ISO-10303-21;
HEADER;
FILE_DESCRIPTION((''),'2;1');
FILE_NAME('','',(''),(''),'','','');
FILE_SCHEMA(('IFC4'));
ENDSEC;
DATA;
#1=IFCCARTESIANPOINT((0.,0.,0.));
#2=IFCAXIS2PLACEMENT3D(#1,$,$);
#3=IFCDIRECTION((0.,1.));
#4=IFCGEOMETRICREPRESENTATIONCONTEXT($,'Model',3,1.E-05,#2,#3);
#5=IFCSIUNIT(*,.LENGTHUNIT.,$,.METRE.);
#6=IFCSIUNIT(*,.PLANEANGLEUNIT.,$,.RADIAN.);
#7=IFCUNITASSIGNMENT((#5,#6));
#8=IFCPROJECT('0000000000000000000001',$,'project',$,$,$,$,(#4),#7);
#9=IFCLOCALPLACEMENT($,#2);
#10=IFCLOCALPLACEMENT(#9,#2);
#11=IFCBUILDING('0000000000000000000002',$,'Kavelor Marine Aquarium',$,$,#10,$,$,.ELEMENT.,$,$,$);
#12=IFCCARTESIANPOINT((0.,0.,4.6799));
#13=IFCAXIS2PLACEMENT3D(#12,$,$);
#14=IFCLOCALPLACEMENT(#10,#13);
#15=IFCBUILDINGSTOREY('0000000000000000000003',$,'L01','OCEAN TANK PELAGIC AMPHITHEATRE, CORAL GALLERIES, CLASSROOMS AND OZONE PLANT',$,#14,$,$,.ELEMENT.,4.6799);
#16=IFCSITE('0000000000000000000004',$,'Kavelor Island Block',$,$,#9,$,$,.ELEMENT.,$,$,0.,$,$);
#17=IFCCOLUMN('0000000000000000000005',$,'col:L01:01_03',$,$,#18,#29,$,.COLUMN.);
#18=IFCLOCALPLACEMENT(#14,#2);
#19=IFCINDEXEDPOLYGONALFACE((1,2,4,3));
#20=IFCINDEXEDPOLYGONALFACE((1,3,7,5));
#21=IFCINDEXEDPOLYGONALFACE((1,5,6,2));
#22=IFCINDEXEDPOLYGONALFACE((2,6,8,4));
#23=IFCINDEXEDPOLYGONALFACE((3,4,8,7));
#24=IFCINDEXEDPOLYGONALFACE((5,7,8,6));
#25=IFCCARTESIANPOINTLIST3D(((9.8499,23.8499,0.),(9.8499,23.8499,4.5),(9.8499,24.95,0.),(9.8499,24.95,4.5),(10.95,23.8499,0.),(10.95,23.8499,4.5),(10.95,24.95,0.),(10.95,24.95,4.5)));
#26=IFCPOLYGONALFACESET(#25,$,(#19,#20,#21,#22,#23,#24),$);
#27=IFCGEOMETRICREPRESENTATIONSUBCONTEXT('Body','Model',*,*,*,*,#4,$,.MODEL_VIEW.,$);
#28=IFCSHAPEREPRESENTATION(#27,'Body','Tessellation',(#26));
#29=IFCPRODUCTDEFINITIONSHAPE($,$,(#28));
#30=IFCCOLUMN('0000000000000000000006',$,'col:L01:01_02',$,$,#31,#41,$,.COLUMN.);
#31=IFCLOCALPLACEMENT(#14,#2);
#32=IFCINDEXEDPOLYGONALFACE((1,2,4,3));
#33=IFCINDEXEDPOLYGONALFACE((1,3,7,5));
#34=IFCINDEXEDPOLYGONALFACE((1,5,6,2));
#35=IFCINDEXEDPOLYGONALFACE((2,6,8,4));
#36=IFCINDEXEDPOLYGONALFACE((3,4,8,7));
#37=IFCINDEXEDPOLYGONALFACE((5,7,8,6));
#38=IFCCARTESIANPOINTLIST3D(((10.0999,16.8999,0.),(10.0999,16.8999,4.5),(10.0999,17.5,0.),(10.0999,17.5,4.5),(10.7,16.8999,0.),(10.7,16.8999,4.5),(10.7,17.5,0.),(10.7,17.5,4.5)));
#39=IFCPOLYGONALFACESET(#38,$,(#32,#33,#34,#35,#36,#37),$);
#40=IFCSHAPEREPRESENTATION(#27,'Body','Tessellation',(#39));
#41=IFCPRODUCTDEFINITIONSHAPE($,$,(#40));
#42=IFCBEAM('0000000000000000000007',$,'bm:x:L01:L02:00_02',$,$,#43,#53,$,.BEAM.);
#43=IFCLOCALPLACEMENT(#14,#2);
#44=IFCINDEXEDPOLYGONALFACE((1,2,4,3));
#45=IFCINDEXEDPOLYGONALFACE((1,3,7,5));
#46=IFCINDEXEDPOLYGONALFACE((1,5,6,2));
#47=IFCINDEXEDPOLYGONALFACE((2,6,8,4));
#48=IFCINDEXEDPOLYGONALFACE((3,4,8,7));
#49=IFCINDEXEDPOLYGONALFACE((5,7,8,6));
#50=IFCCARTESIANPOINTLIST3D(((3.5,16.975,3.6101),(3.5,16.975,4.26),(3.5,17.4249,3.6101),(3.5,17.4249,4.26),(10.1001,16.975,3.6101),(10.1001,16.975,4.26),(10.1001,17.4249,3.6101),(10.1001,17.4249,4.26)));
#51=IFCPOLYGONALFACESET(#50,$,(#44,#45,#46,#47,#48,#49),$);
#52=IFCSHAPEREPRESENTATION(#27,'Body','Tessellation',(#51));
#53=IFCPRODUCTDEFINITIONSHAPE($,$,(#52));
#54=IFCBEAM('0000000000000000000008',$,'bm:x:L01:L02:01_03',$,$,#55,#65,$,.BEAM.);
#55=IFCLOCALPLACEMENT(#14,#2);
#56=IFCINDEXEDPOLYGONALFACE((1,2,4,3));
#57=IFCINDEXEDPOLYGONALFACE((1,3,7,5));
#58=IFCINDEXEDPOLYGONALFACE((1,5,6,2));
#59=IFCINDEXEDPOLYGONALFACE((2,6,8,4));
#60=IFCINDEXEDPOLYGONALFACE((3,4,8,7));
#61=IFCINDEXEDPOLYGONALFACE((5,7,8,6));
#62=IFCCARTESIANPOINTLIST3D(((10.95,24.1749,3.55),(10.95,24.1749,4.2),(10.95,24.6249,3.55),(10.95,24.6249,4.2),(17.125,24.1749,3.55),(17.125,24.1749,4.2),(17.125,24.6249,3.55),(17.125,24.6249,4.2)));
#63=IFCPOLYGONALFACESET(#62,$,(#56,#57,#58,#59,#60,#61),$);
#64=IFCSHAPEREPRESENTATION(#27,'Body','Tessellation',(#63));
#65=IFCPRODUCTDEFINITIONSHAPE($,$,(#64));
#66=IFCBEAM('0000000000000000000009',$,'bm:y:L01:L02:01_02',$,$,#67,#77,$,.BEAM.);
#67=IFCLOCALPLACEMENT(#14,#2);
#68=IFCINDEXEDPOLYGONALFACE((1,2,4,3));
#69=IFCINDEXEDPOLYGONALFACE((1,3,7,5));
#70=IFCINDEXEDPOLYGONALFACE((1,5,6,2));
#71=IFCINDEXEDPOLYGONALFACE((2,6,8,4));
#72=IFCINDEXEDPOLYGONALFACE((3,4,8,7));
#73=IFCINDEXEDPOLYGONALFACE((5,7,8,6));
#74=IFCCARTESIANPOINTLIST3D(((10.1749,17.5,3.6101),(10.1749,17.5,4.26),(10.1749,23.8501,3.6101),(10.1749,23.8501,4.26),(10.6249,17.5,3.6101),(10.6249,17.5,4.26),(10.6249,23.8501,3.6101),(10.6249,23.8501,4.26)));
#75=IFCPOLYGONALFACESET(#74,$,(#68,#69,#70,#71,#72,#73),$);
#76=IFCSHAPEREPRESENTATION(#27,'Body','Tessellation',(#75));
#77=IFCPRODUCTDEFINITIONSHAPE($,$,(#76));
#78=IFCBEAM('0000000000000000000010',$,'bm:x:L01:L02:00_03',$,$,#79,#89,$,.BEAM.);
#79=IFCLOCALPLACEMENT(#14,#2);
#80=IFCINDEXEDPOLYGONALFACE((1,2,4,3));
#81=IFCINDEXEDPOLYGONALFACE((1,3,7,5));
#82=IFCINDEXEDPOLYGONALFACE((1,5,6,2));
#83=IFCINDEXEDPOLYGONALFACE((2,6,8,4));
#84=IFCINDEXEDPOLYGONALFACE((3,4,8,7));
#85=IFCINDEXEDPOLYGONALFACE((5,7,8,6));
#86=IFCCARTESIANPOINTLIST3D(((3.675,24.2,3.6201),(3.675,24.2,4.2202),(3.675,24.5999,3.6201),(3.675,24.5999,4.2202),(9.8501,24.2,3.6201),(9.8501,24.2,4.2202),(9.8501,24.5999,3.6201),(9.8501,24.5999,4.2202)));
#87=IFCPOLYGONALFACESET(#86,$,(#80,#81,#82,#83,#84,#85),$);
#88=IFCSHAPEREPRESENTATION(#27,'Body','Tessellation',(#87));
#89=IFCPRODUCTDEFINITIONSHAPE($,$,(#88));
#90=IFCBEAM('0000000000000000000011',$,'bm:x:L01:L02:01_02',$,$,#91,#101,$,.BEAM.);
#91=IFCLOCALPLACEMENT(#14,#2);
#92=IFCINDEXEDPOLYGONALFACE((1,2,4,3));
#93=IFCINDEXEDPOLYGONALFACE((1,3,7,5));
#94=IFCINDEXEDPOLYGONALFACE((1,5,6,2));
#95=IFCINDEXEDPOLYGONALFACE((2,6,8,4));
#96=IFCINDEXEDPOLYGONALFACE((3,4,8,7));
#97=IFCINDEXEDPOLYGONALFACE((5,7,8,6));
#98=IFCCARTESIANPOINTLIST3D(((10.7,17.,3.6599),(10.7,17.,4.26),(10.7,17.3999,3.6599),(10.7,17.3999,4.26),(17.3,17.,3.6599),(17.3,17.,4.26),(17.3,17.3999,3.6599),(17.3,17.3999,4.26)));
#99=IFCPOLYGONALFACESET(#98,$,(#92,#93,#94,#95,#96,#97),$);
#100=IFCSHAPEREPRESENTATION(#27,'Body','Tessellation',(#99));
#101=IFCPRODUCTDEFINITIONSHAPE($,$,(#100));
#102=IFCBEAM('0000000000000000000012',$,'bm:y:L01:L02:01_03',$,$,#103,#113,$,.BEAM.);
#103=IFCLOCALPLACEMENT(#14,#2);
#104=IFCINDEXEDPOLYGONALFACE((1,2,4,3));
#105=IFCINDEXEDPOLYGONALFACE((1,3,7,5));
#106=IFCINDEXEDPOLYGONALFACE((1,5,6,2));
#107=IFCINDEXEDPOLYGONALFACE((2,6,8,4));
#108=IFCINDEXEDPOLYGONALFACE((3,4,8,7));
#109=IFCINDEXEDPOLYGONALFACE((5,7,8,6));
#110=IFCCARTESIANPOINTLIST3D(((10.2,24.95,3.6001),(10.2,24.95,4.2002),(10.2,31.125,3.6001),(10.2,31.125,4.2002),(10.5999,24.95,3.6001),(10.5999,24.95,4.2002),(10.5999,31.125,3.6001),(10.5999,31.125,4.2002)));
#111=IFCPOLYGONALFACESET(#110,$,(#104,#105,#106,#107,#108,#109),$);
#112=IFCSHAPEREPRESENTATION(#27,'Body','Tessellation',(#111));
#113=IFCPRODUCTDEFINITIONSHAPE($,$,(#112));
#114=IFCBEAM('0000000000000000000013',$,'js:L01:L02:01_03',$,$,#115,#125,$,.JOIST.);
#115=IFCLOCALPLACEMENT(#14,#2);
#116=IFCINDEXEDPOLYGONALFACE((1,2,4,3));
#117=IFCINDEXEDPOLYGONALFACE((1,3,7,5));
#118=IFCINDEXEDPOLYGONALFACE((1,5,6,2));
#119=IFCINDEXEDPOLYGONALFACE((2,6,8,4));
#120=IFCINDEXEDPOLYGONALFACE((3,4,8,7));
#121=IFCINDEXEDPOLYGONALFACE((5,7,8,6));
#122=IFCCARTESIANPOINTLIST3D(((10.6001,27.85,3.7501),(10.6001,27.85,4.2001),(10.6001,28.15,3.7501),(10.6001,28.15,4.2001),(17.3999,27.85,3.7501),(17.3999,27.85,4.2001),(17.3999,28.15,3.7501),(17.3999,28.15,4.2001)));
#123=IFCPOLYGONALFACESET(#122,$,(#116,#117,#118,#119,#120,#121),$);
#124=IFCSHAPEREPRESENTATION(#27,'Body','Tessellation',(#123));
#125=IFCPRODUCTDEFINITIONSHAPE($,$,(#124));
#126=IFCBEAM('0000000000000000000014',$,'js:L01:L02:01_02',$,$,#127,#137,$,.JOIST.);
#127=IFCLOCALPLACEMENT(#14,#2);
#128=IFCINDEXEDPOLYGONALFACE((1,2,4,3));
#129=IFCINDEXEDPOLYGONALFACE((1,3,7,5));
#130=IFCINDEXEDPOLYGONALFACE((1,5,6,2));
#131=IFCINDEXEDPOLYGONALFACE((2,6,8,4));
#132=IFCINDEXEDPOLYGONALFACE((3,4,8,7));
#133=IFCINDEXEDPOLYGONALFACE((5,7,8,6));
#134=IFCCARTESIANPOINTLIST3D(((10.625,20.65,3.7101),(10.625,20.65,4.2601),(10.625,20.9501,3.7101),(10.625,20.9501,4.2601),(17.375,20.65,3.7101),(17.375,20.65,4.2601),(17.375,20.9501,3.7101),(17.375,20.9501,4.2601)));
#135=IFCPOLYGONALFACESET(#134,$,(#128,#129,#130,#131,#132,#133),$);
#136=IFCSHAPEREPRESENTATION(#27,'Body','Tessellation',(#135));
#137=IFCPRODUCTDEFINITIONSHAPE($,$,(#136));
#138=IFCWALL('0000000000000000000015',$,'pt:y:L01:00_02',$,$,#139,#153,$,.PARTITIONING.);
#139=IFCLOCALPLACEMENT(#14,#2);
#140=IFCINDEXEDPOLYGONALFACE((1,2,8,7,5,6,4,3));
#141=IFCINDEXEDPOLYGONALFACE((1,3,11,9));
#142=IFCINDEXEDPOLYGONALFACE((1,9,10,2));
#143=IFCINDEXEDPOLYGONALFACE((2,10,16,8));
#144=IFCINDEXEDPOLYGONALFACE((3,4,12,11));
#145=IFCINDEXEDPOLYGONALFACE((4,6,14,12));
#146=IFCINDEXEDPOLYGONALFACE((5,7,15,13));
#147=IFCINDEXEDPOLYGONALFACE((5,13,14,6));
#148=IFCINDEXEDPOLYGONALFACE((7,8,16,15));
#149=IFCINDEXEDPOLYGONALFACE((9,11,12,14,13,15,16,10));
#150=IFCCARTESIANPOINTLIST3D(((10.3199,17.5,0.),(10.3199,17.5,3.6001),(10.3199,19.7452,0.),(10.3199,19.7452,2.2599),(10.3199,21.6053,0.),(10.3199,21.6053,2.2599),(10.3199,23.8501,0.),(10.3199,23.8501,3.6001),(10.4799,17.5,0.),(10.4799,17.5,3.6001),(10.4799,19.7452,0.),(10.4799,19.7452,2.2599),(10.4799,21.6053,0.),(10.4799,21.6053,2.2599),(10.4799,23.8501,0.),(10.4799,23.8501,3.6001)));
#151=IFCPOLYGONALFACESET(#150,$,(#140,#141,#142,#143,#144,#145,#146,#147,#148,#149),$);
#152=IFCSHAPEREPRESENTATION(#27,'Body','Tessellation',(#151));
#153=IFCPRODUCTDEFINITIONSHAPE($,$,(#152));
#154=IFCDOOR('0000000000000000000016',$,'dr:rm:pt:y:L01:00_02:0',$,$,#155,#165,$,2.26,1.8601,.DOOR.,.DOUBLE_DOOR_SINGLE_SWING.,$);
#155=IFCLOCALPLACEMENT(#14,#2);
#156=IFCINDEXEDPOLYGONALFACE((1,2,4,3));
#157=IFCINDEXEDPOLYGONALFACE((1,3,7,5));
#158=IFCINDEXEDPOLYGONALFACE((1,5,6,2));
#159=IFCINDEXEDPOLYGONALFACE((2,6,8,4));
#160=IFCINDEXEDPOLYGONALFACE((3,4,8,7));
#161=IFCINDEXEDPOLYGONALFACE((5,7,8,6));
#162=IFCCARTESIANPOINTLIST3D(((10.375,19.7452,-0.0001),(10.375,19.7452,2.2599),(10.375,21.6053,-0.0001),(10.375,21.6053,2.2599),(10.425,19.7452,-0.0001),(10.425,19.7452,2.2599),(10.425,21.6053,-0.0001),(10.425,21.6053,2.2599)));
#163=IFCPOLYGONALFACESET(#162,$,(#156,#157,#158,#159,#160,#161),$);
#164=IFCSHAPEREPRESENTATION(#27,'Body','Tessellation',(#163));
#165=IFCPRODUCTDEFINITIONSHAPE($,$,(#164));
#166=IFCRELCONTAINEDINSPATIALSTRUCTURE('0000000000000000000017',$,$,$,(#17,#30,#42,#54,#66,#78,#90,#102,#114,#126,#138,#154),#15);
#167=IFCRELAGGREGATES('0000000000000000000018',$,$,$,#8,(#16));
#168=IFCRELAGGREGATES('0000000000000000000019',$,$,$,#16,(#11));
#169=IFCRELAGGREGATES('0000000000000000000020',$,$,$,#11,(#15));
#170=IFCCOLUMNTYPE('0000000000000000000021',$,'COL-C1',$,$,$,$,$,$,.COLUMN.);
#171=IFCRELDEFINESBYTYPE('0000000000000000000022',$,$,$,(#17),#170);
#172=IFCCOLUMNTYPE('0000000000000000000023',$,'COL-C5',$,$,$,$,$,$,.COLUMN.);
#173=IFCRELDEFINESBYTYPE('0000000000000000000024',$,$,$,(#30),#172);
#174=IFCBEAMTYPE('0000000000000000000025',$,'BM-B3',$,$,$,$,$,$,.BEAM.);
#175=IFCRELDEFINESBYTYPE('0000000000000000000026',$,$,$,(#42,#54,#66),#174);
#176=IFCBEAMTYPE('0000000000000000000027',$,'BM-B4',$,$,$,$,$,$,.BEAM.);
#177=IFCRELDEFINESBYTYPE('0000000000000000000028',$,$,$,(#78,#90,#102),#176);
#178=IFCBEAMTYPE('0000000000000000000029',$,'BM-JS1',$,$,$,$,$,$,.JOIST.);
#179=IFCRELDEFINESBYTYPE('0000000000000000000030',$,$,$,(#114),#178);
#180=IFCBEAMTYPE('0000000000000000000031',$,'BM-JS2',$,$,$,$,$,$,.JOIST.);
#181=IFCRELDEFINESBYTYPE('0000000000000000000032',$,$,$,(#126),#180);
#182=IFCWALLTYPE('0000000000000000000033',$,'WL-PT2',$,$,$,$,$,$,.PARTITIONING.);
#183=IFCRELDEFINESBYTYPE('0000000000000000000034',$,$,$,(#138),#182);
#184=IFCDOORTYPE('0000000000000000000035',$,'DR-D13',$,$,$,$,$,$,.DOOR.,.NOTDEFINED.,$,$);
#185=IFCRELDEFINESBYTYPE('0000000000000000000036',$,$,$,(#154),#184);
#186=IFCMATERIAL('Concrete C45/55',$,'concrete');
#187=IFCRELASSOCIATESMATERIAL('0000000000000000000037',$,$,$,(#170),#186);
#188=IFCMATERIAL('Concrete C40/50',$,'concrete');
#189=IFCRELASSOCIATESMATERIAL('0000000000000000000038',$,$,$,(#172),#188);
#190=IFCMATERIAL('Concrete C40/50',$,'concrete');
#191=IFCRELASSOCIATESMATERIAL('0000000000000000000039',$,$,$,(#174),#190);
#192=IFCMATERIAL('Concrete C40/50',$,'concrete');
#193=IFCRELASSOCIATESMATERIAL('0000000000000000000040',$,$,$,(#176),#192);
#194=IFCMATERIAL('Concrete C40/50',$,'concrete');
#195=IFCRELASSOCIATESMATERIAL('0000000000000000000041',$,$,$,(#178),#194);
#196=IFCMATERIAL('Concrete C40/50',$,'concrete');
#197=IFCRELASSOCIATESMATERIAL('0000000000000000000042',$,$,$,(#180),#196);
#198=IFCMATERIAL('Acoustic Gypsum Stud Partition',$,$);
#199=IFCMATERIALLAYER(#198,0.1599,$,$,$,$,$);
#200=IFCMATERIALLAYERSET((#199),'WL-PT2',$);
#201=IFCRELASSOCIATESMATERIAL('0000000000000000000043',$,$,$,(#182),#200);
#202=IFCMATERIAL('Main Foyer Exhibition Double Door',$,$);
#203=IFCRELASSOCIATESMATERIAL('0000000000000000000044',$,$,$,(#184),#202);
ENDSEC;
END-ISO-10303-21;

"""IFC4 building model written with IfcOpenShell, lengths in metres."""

from ifc_helpers import new_model, si_unit, direction, frame, frame_2d, origin, origin_2d, place, context, subcontext, project, spatial, rectangle, extrude, material, layer, layer_set, material_profile, profile_set, type_object, element, fill, save


model = new_model("IFC4")

# Units and contexts
model_context = context("Model", 3, precision=1e-05, world=origin(), true_north=direction((0.0, 1.0)))
body_context = subcontext(model_context, "Body", "Model", "MODEL_VIEW")
ifc_project = project(units=[si_unit("LENGTHUNIT", "METRE"), si_unit("PLANEANGLEUNIT", "RADIAN")], contexts=[model_context])

# Site, building, storey
site_placement = place(None, origin())
site = spatial("IfcSite", under=ifc_project, at=site_placement, Name="Kavelor Island Block", CompositionType="ELEMENT", RefElevation=0.0)
building_placement = place(site_placement, origin())
building = spatial("IfcBuilding", under=site, at=building_placement, Name="Kavelor Marine Aquarium", CompositionType="ELEMENT")
storey_placement = place(building_placement, frame((0.0, 0.0, 4.6799)))
storey = spatial("IfcBuildingStorey", under=building, at=storey_placement, Name="L01", Description="OCEAN TANK PELAGIC AMPHITHEATRE, CORAL GALLERIES, CLASSROOMS AND OZONE PLANT", CompositionType="ELEMENT", Elevation=4.6799)

# Columns
ifc_material_1 = material(Name="Concrete C45/55", Category="concrete")
ifc_material_profile_1 = material_profile(ifc_material_1, rectangle(XDim=1.1001, YDim=1.1001, at=origin_2d()), Name="RC-COL 1100x1100")
ifc_profile_set_1 = profile_set([ifc_material_profile_1], Name="Concrete C45/55")
column_type_1 = type_object("IfcColumnType", Name="COL-C1", PredefinedType="COLUMN", material=ifc_profile_set_1)
column_1_placement = place(storey_placement, frame((10.3999, 24.3999, 0.0), z_axis=(0.0, 0.0, 1.0), x_axis=(1.0, 0.0, 0.0)))
element("IfcColumn", 1, at=column_1_placement, inside=storey, type_object=column_type_1, Name="col:L01:01_03", PredefinedType="COLUMN", context=body_context, shape_type="SweptSolid", body=[
    extrude(rectangle(XDim=1.1001, YDim=1.1001, at=origin_2d()), origin(), (0.0, 0.0, 1.0), 4.5),
])
ifc_material_2 = material(Name="Concrete C40/50", Category="concrete")
ifc_material_profile_2 = material_profile(ifc_material_2, rectangle(XDim=0.6001, YDim=0.6001, at=origin_2d()), Name="RC-COL 600x600")
ifc_profile_set_2 = profile_set([ifc_material_profile_2], Name="Concrete C40/50")
column_type_2 = type_object("IfcColumnType", Name="COL-C5", PredefinedType="COLUMN", material=ifc_profile_set_2)
column_2_placement = place(storey_placement, frame((10.3999, 17.2, 0.0), z_axis=(0.0, 0.0, 1.0), x_axis=(1.0, 0.0, 0.0)))
element("IfcColumn", 2, at=column_2_placement, inside=storey, type_object=column_type_2, Name="col:L01:01_02", PredefinedType="COLUMN", context=body_context, shape_type="SweptSolid", body=[
    extrude(rectangle(XDim=0.6001, YDim=0.6001, at=origin_2d()), origin(), (0.0, 0.0, 1.0), 4.5),
])

# Beams
ifc_material_3 = material(Name="Concrete C40/50", Category="concrete")
ifc_material_profile_3 = material_profile(ifc_material_3, rectangle(XDim=0.45, YDim=0.6499, at=origin_2d()), Name="RC-BM 450x650")
ifc_profile_set_3 = profile_set([ifc_material_profile_3], Name="Concrete C40/50")
beam_type_1 = type_object("IfcBeamType", Name="BM-B3", PredefinedType="BEAM", material=ifc_profile_set_3)
beam_1_placement = place(storey_placement, frame((3.5, 17.2, 3.9351), z_axis=(1.0, 0.0, 0.0), x_axis=(0.0, 1.0, 0.0)))
element("IfcBeam", 3, at=beam_1_placement, inside=storey, type_object=beam_type_1, Name="bm:x:L01:L02:00_02", PredefinedType="BEAM", context=body_context, shape_type="SweptSolid", body=[
    extrude(rectangle(XDim=0.45, YDim=0.6499, at=origin_2d()), origin(), (0.0, 0.0, 1.0), 6.6001),
])
beam_2_placement = place(storey_placement, frame((10.95, 24.3999, 3.875), z_axis=(1.0, 0.0, 0.0), x_axis=(0.0, 1.0, 0.0)))
element("IfcBeam", 4, at=beam_2_placement, inside=storey, type_object=beam_type_1, Name="bm:x:L01:L02:01_03", PredefinedType="BEAM", context=body_context, shape_type="SweptSolid", body=[
    extrude(rectangle(XDim=0.45, YDim=0.6499, at=origin_2d()), origin(), (0.0, 0.0, 1.0), 6.175),
])
beam_3_placement = place(storey_placement, frame((10.3999, 17.5, 3.9351), z_axis=(0.0, 1.0, 0.0), x_axis=(-1.0, 0.0, 0.0)))
element("IfcBeam", 5, at=beam_3_placement, inside=storey, type_object=beam_type_1, Name="bm:y:L01:L02:01_02", PredefinedType="BEAM", context=body_context, shape_type="SweptSolid", body=[
    extrude(rectangle(XDim=0.45, YDim=0.6499, at=origin_2d()), origin(), (0.0, 0.0, 1.0), 6.3501),
])
ifc_material_4 = material(Name="Concrete C40/50", Category="concrete")
ifc_material_profile_4 = material_profile(ifc_material_4, rectangle(XDim=0.3999, YDim=0.6001, at=origin_2d()), Name="RC-BM 400x600")
ifc_profile_set_4 = profile_set([ifc_material_profile_4], Name="Concrete C40/50")
beam_type_2 = type_object("IfcBeamType", Name="BM-B4", PredefinedType="BEAM", material=ifc_profile_set_4)
beam_4_placement = place(storey_placement, frame((3.675, 24.3999, 3.9202), z_axis=(1.0, 0.0, 0.0), x_axis=(0.0, 1.0, 0.0)))
element("IfcBeam", 6, at=beam_4_placement, inside=storey, type_object=beam_type_2, Name="bm:x:L01:L02:00_03", PredefinedType="BEAM", context=body_context, shape_type="SweptSolid", body=[
    extrude(rectangle(XDim=0.3999, YDim=0.6001, at=origin_2d()), origin(), (0.0, 0.0, 1.0), 6.175),
])
beam_5_placement = place(storey_placement, frame((10.7, 17.2, 3.96), z_axis=(1.0, 0.0, 0.0), x_axis=(0.0, 1.0, 0.0)))
element("IfcBeam", 7, at=beam_5_placement, inside=storey, type_object=beam_type_2, Name="bm:x:L01:L02:01_02", PredefinedType="BEAM", context=body_context, shape_type="SweptSolid", body=[
    extrude(rectangle(XDim=0.3999, YDim=0.6001, at=origin_2d()), origin(), (0.0, 0.0, 1.0), 6.6001),
])
beam_6_placement = place(storey_placement, frame((10.3999, 24.95, 3.9001), z_axis=(0.0, 1.0, 0.0), x_axis=(-1.0, 0.0, 0.0)))
element("IfcBeam", 8, at=beam_6_placement, inside=storey, type_object=beam_type_2, Name="bm:y:L01:L02:01_03", PredefinedType="BEAM", context=body_context, shape_type="SweptSolid", body=[
    extrude(rectangle(XDim=0.3999, YDim=0.6001, at=origin_2d()), origin(), (0.0, 0.0, 1.0), 6.175),
])
ifc_material_5 = material(Name="Concrete C40/50", Category="concrete")
ifc_material_profile_5 = material_profile(ifc_material_5, rectangle(XDim=0.3, YDim=0.45, at=origin_2d()), Name="RC-JS 300x450")
ifc_profile_set_5 = profile_set([ifc_material_profile_5], Name="Concrete C40/50")
beam_type_3 = type_object("IfcBeamType", Name="BM-JS1", PredefinedType="JOIST", material=ifc_profile_set_5)
beam_7_placement = place(storey_placement, frame((10.6001, 28.0, 3.9751), z_axis=(1.0, 0.0, 0.0), x_axis=(0.0, 1.0, 0.0)))
element("IfcBeam", 9, at=beam_7_placement, inside=storey, type_object=beam_type_3, Name="js:L01:L02:01_03", PredefinedType="JOIST", context=body_context, shape_type="SweptSolid", body=[
    extrude(rectangle(XDim=0.3, YDim=0.45, at=origin_2d()), origin(), (0.0, 0.0, 1.0), 6.7998),
])
ifc_material_6 = material(Name="Concrete C40/50", Category="concrete")
ifc_material_profile_6 = material_profile(ifc_material_6, rectangle(XDim=0.3, YDim=0.55, at=origin_2d()), Name="RC-JS 300x550")
ifc_profile_set_6 = profile_set([ifc_material_profile_6], Name="Concrete C40/50")
beam_type_4 = type_object("IfcBeamType", Name="BM-JS2", PredefinedType="JOIST", material=ifc_profile_set_6)
beam_8_placement = place(storey_placement, frame((10.625, 20.8, 3.9851), z_axis=(1.0, 0.0, 0.0), x_axis=(0.0, 1.0, 0.0)))
element("IfcBeam", 10, at=beam_8_placement, inside=storey, type_object=beam_type_4, Name="js:L01:L02:01_02", PredefinedType="JOIST", context=body_context, shape_type="SweptSolid", body=[
    extrude(rectangle(XDim=0.3, YDim=0.55, at=origin_2d()), origin(), (0.0, 0.0, 1.0), 6.75),
])

# Wall, opening, door
ifc_material_7 = material(Name="Acoustic Gypsum Stud Partition")
ifc_layer_1 = layer(ifc_material_7, 0.1599)
ifc_layer_set_1 = layer_set([ifc_layer_1], Name="WL-PT2")
wall_type_1 = type_object("IfcWallType", Name="WL-PT2", PredefinedType="PARTITIONING", material=ifc_layer_set_1)
wall_1_placement = place(storey_placement, frame((10.3999, 17.5, 0.0), z_axis=(0.0, 0.0, 1.0), x_axis=(0.0, 1.0, 0.0)))
wall_1 = element("IfcWall", 11, at=wall_1_placement, inside=storey, type_object=wall_type_1, Name="pt:y:L01:00_02", PredefinedType="PARTITIONING", context=body_context, shape_type="SweptSolid", body=[
    extrude(rectangle(XDim=6.3501, YDim=0.1599, at=frame_2d((3.175, 0.0))), origin(), (0.0, 0.0, 1.0), 3.6001),
])
opening_1_placement = place(wall_1_placement, frame((2.2451, 0.0, 0.0)))
opening_1 = element("IfcOpeningElement", 12, at=opening_1_placement, cuts=wall_1, PredefinedType="OPENING", context=body_context, shape_type="SweptSolid", body=[
    extrude(rectangle(XDim=1.8601, YDim=2.26, at=frame_2d((0.9302, 1.1299))), frame((0.0, 0.0898, 0.0), z_axis=(0.0, -1.0, 0.0), x_axis=(1.0, 0.0, 0.0)), (0.0, 0.0, 1.0), 0.1799),
])
ifc_material_8 = material(Name="Main Foyer Exhibition Double Door")
door_type_1 = type_object("IfcDoorType", Name="DR-D13", OperationType="NOTDEFINED", PredefinedType="DOOR", material=ifc_material_8)
door_1_placement = place(opening_1_placement, origin())
door_1 = element("IfcDoor", 13, at=door_1_placement, inside=storey, type_object=door_type_1, Name="dr:rm:pt:y:L01:00_02:0", OperationType="DOUBLE_DOOR_SINGLE_SWING", OverallHeight=2.26, OverallWidth=1.8601, PredefinedType="DOOR", context=body_context, shape_type="SweptSolid", body=[
    extrude(rectangle(XDim=1.8601, YDim=2.26, at=frame_2d((0.9302, 1.1299))), frame((0.0, 0.0249, 0.0), z_axis=(0.0, -1.0, 0.0), x_axis=(1.0, 0.0, 0.0)), (0.0, 0.0, 1.0), 0.05),
])
fill(opening_1, door_1)

save(model, "model.ifc")
